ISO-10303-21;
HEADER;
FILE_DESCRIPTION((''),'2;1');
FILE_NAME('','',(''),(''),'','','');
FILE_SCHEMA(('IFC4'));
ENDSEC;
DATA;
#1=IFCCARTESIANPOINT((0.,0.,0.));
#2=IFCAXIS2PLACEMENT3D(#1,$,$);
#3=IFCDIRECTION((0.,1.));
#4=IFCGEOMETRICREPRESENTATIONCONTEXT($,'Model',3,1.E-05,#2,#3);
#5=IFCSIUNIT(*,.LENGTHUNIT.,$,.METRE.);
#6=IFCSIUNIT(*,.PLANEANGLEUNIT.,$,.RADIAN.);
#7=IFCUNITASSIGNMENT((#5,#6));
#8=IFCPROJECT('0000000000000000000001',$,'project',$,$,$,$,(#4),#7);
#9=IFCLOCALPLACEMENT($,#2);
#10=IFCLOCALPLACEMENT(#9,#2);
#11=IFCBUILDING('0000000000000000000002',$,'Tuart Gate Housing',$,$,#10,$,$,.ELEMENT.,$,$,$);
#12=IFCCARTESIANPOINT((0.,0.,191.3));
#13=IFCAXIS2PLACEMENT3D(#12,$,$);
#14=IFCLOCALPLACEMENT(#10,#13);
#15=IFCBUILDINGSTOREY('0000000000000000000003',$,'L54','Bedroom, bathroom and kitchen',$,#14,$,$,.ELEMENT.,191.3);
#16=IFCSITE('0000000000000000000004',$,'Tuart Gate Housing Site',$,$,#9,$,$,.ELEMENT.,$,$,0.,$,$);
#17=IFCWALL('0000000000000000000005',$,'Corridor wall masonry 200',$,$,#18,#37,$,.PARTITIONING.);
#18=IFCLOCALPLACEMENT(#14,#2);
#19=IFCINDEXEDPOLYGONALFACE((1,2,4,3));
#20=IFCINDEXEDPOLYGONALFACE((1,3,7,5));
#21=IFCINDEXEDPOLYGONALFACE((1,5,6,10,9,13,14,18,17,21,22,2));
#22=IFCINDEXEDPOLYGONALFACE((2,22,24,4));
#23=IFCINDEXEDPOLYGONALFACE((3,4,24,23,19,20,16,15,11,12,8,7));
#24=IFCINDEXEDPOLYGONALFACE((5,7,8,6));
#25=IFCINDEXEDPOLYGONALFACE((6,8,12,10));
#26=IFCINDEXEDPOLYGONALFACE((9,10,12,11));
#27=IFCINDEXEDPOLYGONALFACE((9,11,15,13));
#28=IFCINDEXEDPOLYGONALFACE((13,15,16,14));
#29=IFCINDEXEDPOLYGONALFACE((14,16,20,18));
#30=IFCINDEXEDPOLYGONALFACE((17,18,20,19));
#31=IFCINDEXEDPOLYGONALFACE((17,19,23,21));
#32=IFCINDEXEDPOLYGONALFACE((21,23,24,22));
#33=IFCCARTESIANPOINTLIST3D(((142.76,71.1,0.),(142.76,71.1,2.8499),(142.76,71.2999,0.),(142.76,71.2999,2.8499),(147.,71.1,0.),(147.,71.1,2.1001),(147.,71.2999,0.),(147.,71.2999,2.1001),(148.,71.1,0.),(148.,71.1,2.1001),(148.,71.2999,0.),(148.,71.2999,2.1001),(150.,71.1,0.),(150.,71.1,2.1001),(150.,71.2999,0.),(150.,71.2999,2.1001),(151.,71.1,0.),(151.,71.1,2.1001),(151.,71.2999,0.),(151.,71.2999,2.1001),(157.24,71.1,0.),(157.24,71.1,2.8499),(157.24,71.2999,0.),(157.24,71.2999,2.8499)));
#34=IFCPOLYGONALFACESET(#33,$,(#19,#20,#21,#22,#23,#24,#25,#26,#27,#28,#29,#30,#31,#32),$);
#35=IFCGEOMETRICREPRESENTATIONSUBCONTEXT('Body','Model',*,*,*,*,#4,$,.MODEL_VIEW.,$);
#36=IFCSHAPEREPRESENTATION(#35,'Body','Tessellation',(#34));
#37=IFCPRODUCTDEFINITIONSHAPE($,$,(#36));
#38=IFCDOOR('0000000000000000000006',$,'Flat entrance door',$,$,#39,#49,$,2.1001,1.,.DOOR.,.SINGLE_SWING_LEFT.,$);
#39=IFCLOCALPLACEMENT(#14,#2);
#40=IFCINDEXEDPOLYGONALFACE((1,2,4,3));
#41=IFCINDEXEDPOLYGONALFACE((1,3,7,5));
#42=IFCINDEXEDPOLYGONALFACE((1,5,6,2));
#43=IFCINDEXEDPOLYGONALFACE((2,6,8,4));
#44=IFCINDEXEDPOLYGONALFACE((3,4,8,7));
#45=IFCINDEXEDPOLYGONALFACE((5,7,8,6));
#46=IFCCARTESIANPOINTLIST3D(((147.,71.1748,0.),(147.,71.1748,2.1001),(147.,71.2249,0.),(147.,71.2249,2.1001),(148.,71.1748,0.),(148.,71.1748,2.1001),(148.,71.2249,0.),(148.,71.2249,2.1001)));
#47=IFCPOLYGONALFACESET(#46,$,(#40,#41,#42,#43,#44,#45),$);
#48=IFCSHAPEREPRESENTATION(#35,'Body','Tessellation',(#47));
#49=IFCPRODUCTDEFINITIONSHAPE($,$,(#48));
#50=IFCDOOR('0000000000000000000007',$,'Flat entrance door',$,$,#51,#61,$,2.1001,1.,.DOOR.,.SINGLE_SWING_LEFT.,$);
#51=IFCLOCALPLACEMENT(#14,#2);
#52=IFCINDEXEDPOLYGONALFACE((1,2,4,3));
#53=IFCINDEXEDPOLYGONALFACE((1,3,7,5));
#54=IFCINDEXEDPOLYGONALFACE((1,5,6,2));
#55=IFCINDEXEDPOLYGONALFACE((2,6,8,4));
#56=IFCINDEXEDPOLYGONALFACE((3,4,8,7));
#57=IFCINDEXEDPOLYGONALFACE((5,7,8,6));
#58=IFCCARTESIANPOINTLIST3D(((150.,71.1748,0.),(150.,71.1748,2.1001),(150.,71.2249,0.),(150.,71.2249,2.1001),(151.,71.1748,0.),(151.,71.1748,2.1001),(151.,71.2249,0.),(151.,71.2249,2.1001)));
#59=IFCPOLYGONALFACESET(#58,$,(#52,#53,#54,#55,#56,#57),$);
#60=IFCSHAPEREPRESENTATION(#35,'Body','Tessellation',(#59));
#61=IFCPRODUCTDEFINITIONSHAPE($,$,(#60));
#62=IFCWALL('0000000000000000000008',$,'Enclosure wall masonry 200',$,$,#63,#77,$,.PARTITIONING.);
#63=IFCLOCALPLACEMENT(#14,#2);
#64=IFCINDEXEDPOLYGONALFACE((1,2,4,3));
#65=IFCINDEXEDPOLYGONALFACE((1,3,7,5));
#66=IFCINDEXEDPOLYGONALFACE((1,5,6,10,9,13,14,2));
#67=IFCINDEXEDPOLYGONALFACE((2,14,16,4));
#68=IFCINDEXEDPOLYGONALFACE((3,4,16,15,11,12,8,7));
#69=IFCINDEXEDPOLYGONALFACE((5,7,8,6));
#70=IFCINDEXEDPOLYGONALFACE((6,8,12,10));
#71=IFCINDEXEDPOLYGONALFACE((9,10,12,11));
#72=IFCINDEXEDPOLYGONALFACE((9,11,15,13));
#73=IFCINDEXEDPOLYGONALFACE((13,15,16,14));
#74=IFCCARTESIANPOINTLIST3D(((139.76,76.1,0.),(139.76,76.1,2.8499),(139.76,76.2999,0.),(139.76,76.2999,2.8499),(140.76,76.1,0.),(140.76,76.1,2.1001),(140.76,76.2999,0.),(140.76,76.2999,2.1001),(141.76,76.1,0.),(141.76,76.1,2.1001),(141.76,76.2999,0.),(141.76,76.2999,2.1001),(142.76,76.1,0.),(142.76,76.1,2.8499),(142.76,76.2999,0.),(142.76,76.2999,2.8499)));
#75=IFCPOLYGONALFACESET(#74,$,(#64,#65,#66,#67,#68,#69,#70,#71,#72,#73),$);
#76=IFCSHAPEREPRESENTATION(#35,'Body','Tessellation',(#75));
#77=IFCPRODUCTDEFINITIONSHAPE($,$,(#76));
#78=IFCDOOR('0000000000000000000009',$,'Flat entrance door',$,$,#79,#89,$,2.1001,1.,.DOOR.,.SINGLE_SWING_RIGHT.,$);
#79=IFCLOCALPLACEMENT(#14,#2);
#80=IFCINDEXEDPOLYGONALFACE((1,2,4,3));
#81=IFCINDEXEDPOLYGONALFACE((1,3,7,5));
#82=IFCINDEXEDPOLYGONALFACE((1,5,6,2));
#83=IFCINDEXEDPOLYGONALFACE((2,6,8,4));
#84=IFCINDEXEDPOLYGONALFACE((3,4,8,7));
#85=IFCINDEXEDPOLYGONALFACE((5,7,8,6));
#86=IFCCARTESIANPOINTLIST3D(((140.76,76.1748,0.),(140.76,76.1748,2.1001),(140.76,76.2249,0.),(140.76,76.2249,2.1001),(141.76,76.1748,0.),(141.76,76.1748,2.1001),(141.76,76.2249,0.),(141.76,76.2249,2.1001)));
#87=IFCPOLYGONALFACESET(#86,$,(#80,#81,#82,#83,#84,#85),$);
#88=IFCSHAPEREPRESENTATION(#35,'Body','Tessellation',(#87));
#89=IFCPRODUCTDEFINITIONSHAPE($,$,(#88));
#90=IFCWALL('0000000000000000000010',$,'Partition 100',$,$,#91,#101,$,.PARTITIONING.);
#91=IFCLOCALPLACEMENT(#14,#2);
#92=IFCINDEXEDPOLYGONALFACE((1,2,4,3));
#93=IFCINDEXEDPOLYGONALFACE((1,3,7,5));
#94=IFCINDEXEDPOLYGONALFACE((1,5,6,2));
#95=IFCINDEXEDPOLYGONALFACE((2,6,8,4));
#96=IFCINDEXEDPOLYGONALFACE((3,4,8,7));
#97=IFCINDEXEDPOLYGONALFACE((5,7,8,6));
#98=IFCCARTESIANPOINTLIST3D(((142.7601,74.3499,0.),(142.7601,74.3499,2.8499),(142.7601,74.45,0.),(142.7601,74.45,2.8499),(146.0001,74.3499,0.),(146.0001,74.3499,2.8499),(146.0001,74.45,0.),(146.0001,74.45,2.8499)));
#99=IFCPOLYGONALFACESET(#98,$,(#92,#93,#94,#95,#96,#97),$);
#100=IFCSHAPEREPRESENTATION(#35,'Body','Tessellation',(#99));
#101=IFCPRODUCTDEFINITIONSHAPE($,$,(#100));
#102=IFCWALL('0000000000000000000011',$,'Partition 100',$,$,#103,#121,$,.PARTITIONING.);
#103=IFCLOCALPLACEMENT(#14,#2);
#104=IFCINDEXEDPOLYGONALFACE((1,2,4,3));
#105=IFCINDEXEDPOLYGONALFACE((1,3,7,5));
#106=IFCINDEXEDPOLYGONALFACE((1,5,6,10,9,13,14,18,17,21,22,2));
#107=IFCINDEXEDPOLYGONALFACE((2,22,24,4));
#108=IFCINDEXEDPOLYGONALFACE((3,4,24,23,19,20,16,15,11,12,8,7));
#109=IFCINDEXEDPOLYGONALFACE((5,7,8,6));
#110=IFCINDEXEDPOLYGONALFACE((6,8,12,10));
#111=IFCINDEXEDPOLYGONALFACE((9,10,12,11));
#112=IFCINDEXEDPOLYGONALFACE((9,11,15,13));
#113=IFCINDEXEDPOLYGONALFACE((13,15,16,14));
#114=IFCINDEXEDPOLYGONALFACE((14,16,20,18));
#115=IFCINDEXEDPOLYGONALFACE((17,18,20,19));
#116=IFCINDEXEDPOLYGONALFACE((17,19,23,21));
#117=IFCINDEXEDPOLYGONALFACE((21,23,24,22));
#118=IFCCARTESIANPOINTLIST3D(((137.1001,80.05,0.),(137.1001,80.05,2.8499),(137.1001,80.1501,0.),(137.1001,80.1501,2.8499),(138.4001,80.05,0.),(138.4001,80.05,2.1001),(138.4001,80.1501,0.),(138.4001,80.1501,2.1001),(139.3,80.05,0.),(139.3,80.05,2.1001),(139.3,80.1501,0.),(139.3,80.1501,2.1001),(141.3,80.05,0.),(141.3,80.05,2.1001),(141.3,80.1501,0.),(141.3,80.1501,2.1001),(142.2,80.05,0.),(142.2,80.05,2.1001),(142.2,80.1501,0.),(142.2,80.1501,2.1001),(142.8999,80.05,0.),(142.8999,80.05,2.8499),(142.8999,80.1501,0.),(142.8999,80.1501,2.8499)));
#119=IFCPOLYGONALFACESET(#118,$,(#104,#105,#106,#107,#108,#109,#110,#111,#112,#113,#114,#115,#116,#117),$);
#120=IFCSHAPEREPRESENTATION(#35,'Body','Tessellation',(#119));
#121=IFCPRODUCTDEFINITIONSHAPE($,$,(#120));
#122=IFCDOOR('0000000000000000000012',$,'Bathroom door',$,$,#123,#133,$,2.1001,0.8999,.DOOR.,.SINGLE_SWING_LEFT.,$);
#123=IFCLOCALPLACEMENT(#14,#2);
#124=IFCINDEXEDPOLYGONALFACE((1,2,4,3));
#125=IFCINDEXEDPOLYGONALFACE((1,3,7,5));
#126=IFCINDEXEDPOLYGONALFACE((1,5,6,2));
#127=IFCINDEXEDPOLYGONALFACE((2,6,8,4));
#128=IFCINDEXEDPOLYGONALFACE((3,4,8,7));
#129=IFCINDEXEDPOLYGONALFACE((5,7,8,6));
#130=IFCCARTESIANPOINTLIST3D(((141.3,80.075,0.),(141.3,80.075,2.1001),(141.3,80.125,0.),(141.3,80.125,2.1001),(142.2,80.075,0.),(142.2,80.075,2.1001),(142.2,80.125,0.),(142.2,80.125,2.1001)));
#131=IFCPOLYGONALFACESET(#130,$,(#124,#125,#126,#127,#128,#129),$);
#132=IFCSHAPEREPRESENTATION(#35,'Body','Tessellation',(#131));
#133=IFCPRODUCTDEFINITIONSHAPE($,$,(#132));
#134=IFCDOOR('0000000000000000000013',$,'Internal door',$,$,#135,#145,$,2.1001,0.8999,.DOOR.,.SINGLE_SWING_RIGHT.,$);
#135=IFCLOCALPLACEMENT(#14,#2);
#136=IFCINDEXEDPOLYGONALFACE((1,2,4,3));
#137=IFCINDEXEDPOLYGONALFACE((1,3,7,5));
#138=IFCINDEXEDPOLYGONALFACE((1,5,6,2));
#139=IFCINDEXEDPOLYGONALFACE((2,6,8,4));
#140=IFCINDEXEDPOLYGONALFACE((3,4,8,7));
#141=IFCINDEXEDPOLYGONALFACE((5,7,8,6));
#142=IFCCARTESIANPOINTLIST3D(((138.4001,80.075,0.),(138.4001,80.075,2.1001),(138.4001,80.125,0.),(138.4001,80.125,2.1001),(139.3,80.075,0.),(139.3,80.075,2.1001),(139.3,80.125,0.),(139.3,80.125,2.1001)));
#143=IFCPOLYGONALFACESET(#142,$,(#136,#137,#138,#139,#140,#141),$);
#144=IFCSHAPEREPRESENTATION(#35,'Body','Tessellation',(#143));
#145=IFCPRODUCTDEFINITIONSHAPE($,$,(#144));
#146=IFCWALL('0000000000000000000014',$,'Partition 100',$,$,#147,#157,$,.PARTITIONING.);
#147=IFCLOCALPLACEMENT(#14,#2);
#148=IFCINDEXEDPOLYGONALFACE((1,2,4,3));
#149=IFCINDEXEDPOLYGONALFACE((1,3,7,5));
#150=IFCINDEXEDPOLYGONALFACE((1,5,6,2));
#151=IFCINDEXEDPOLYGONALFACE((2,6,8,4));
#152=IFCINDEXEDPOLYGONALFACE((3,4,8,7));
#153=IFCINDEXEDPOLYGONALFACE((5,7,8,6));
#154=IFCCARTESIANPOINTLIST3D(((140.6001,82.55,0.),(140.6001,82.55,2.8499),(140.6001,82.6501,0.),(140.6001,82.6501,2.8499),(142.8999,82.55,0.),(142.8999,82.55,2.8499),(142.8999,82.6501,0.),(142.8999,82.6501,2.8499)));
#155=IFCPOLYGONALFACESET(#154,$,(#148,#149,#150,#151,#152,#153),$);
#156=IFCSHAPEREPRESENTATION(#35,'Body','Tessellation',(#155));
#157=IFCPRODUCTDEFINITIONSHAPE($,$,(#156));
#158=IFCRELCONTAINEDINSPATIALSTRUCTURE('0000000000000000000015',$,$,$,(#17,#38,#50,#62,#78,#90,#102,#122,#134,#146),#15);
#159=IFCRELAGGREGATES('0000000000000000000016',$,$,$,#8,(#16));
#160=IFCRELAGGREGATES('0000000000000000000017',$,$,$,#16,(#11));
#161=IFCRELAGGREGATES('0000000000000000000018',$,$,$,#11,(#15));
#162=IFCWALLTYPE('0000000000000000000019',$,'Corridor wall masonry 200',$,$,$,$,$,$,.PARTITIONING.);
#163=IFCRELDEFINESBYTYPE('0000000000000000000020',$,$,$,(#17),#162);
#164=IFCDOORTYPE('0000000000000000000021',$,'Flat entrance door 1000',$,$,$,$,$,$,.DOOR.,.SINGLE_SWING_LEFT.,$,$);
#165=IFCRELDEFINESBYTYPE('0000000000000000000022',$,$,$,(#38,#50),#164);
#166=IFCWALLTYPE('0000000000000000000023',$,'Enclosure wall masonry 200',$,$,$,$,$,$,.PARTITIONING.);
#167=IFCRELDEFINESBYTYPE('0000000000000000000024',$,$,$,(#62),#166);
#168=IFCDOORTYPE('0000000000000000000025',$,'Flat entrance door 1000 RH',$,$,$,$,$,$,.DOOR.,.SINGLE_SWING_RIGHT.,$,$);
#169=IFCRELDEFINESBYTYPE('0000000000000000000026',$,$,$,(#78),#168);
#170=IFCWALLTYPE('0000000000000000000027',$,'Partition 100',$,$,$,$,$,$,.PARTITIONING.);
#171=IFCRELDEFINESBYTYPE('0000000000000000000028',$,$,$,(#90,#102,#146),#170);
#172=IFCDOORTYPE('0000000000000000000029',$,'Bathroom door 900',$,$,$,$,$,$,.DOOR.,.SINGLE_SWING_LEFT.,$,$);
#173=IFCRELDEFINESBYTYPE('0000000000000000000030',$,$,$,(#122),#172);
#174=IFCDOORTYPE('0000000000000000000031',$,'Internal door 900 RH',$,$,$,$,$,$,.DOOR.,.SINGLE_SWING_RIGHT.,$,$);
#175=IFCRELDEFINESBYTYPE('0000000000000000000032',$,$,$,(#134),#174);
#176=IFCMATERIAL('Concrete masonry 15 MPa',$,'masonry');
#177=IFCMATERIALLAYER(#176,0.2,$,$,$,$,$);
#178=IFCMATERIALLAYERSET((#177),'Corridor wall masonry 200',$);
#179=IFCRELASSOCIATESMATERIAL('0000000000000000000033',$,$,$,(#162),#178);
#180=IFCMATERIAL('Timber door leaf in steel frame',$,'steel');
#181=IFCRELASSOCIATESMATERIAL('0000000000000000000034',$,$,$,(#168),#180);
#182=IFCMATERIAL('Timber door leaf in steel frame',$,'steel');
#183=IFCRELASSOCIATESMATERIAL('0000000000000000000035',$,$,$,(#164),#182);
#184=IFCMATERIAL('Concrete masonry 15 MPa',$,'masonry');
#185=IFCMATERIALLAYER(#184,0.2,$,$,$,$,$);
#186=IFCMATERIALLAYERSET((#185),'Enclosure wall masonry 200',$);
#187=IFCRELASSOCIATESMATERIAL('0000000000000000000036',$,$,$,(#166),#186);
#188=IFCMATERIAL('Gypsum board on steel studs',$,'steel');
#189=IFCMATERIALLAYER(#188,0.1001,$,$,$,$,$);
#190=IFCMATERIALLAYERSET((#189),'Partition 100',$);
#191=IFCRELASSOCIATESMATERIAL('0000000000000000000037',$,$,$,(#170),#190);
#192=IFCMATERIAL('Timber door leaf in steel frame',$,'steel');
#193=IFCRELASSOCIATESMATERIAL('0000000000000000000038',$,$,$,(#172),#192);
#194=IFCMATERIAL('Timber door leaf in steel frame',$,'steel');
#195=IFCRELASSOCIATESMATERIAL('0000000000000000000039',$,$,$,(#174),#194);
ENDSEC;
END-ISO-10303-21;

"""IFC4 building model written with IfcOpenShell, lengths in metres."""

from ifc_helpers import new_model, si_unit, direction, frame, frame_2d, origin, place, context, subcontext, project, spatial, rectangle, extrude, material, layer, layer_set, type_object, element, fill, save


model = new_model("IFC4")

# Units and contexts
model_context = context("Model", 3, precision=1e-05, world=origin(), true_north=direction((0.0, 1.0)))
body_context = subcontext(model_context, "Body", "Model", "MODEL_VIEW")
ifc_project = project(units=[si_unit("LENGTHUNIT", "METRE"), si_unit("PLANEANGLEUNIT", "RADIAN")], contexts=[model_context])

# Site, building, storey
site_placement = place(None, origin())
site = spatial("IfcSite", under=ifc_project, at=site_placement, Name="Tuart Gate Housing Site", CompositionType="ELEMENT", RefElevation=0.0)
building_placement = place(site_placement, origin())
building = spatial("IfcBuilding", under=site, at=building_placement, Name="Tuart Gate Housing", CompositionType="ELEMENT")
storey_placement = place(building_placement, frame((0.0, 0.0, 191.3)))
storey = spatial("IfcBuildingStorey", under=building, at=storey_placement, Name="L54", Description="Bedroom, bathroom and kitchen", CompositionType="ELEMENT", Elevation=191.3)

# Wall, openings, doors
ifc_material_1 = material(Name="Concrete masonry 15 MPa", Category="masonry")
ifc_layer_1 = layer(ifc_material_1, 0.2)
ifc_layer_set_1 = layer_set([ifc_layer_1], Name="Corridor wall masonry 200")
wall_type_1 = type_object("IfcWallType", Name="Corridor wall masonry 200", PredefinedType="PARTITIONING", material=ifc_layer_set_1)
ifc_material_2 = material(Name="Timber door leaf in steel frame", Category="steel")
door_type_1 = type_object("IfcDoorType", Name="Flat entrance door 1000 RH", OperationType="SINGLE_SWING_RIGHT", PredefinedType="DOOR", material=ifc_material_2)
wall_1_placement = place(storey_placement, frame((142.76, 71.2, 0.0), z_axis=(0.0, 0.0, 1.0), x_axis=(1.0, 0.0, 0.0)))
wall_1 = element("IfcWall", 1, at=wall_1_placement, inside=storey, type_object=wall_type_1, Name="Corridor wall masonry 200", PredefinedType="PARTITIONING", context=body_context, shape_type="SweptSolid", body=[
    extrude(rectangle(XDim=14.48, YDim=0.2, at=frame_2d((7.24, 0.0))), origin(), (0.0, 0.0, 1.0), 2.8499),
])
opening_1_placement = place(wall_1_placement, frame((4.24, 0.0, 0.0)))
opening_1 = element("IfcOpeningElement", 2, at=opening_1_placement, cuts=wall_1, PredefinedType="OPENING", context=body_context, shape_type="SweptSolid", body=[
    extrude(rectangle(XDim=1.0, YDim=2.1001, at=frame_2d((0.5, 1.05))), frame((0.0, 0.1099, 0.0), z_axis=(0.0, -1.0, 0.0), x_axis=(1.0, 0.0, 0.0)), (0.0, 0.0, 1.0), 0.22),
])
opening_2_placement = place(wall_1_placement, frame((7.24, 0.0, 0.0)))
opening_2 = element("IfcOpeningElement", 3, at=opening_2_placement, cuts=wall_1, PredefinedType="OPENING", context=body_context, shape_type="SweptSolid", body=[
    extrude(rectangle(XDim=1.0, YDim=2.1001, at=frame_2d((0.5, 1.05))), frame((0.0, 0.1099, 0.0), z_axis=(0.0, -1.0, 0.0), x_axis=(1.0, 0.0, 0.0)), (0.0, 0.0, 1.0), 0.22),
])
ifc_material_3 = material(Name="Timber door leaf in steel frame", Category="steel")
door_type_2 = type_object("IfcDoorType", Name="Flat entrance door 1000", OperationType="SINGLE_SWING_LEFT", PredefinedType="DOOR", material=ifc_material_3)
door_1_placement = place(opening_1_placement, origin())
door_1 = element("IfcDoor", 4, at=door_1_placement, inside=storey, type_object=door_type_2, Name="Flat entrance door", OperationType="SINGLE_SWING_LEFT", OverallHeight=2.1001, OverallWidth=1.0, PredefinedType="DOOR", context=body_context, shape_type="SweptSolid", body=[
    extrude(rectangle(XDim=1.0, YDim=2.1001, at=frame_2d((0.5, 1.05))), frame((0.0, 0.0249, 0.0), z_axis=(0.0, -1.0, 0.0), x_axis=(1.0, 0.0, 0.0)), (0.0, 0.0, 1.0), 0.05),
])
fill(opening_1, door_1)
door_2_placement = place(opening_2_placement, origin())
door_2 = element("IfcDoor", 5, at=door_2_placement, inside=storey, type_object=door_type_2, Name="Flat entrance door", OperationType="SINGLE_SWING_LEFT", OverallHeight=2.1001, OverallWidth=1.0, PredefinedType="DOOR", context=body_context, shape_type="SweptSolid", body=[
    extrude(rectangle(XDim=1.0, YDim=2.1001, at=frame_2d((0.5, 1.05))), frame((0.0, 0.0249, 0.0), z_axis=(0.0, -1.0, 0.0), x_axis=(1.0, 0.0, 0.0)), (0.0, 0.0, 1.0), 0.05),
])
fill(opening_2, door_2)

# Wall, opening, door
ifc_material_4 = material(Name="Concrete masonry 15 MPa", Category="masonry")
ifc_layer_2 = layer(ifc_material_4, 0.2)
ifc_layer_set_2 = layer_set([ifc_layer_2], Name="Enclosure wall masonry 200")
wall_type_2 = type_object("IfcWallType", Name="Enclosure wall masonry 200", PredefinedType="PARTITIONING", material=ifc_layer_set_2)
wall_2_placement = place(storey_placement, frame((139.76, 76.2, 0.0), z_axis=(0.0, 0.0, 1.0), x_axis=(1.0, 0.0, 0.0)))
wall_2 = element("IfcWall", 6, at=wall_2_placement, inside=storey, type_object=wall_type_2, Name="Enclosure wall masonry 200", PredefinedType="PARTITIONING", context=body_context, shape_type="SweptSolid", body=[
    extrude(rectangle(XDim=3.0, YDim=0.2, at=frame_2d((1.5, 0.0))), origin(), (0.0, 0.0, 1.0), 2.8499),
])
opening_3_placement = place(wall_2_placement, frame((1.0, 0.0, 0.0)))
opening_3 = element("IfcOpeningElement", 7, at=opening_3_placement, cuts=wall_2, PredefinedType="OPENING", context=body_context, shape_type="SweptSolid", body=[
    extrude(rectangle(XDim=1.0, YDim=2.1001, at=frame_2d((0.5, 1.05))), frame((0.0, 0.1099, 0.0), z_axis=(0.0, -1.0, 0.0), x_axis=(1.0, 0.0, 0.0)), (0.0, 0.0, 1.0), 0.22),
])
door_3_placement = place(opening_3_placement, origin())
door_3 = element("IfcDoor", 8, at=door_3_placement, inside=storey, type_object=door_type_1, Name="Flat entrance door", OperationType="SINGLE_SWING_RIGHT", OverallHeight=2.1001, OverallWidth=1.0, PredefinedType="DOOR", context=body_context, shape_type="SweptSolid", body=[
    extrude(rectangle(XDim=1.0, YDim=2.1001, at=frame_2d((0.5, 1.05))), frame((0.0, 0.0249, 0.0), z_axis=(0.0, -1.0, 0.0), x_axis=(1.0, 0.0, 0.0)), (0.0, 0.0, 1.0), 0.05),
])
fill(opening_3, door_3)

# Wall
ifc_material_5 = material(Name="Gypsum board on steel studs", Category="steel")
ifc_layer_3 = layer(ifc_material_5, 0.1001)
ifc_layer_set_3 = layer_set([ifc_layer_3], Name="Partition 100")
wall_type_3 = type_object("IfcWallType", Name="Partition 100", PredefinedType="PARTITIONING", material=ifc_layer_set_3)
wall_3_placement = place(storey_placement, frame((142.76, 74.3999, 0.0), z_axis=(0.0, 0.0, 1.0), x_axis=(1.0, 0.0, 0.0)))
element("IfcWall", 9, at=wall_3_placement, inside=storey, type_object=wall_type_3, Name="Partition 100", PredefinedType="PARTITIONING", context=body_context, shape_type="SweptSolid", body=[
    extrude(rectangle(XDim=3.24, YDim=0.1001, at=frame_2d((1.6201, 0.0))), origin(), (0.0, 0.0, 1.0), 2.8499),
])

# Wall, openings, doors
wall_4_placement = place(storey_placement, frame((137.1001, 80.1001, 0.0), z_axis=(0.0, 0.0, 1.0), x_axis=(1.0, 0.0, 0.0)))
wall_4 = element("IfcWall", 10, at=wall_4_placement, inside=storey, type_object=wall_type_3, Name="Partition 100", PredefinedType="PARTITIONING", context=body_context, shape_type="SweptSolid", body=[
    extrude(rectangle(XDim=5.7998, YDim=0.1001, at=frame_2d((2.8999, 0.0))), origin(), (0.0, 0.0, 1.0), 2.8499),
])
opening_4_placement = place(wall_4_placement, frame((1.3, 0.0, 0.0)))
opening_4 = element("IfcOpeningElement", 11, at=opening_4_placement, cuts=wall_4, PredefinedType="OPENING", context=body_context, shape_type="SweptSolid", body=[
    extrude(rectangle(XDim=0.8999, YDim=2.1001, at=frame_2d((0.45, 1.05))), frame((0.0, 0.0601, 0.0), z_axis=(0.0, -1.0, 0.0), x_axis=(1.0, 0.0, 0.0)), (0.0, 0.0, 1.0), 0.1201),
])
opening_5_placement = place(wall_4_placement, frame((4.2, 0.0, 0.0)))
opening_5 = element("IfcOpeningElement", 12, at=opening_5_placement, cuts=wall_4, PredefinedType="OPENING", context=body_context, shape_type="SweptSolid", body=[
    extrude(rectangle(XDim=0.8999, YDim=2.1001, at=frame_2d((0.45, 1.05))), frame((0.0, 0.0601, 0.0), z_axis=(0.0, -1.0, 0.0), x_axis=(1.0, 0.0, 0.0)), (0.0, 0.0, 1.0), 0.1201),
])
ifc_material_6 = material(Name="Timber door leaf in steel frame", Category="steel")
door_type_3 = type_object("IfcDoorType", Name="Bathroom door 900", OperationType="SINGLE_SWING_LEFT", PredefinedType="DOOR", material=ifc_material_6)
door_4_placement = place(opening_5_placement, origin())
door_4 = element("IfcDoor", 13, at=door_4_placement, inside=storey, type_object=door_type_3, Name="Bathroom door", OperationType="SINGLE_SWING_LEFT", OverallHeight=2.1001, OverallWidth=0.8999, PredefinedType="DOOR", context=body_context, shape_type="SweptSolid", body=[
    extrude(rectangle(XDim=0.8999, YDim=2.1001, at=frame_2d((0.45, 1.05))), frame((0.0, 0.0249, 0.0), z_axis=(0.0, -1.0, 0.0), x_axis=(1.0, 0.0, 0.0)), (0.0, 0.0, 1.0), 0.05),
])
fill(opening_5, door_4)
ifc_material_7 = material(Name="Timber door leaf in steel frame", Category="steel")
door_type_4 = type_object("IfcDoorType", Name="Internal door 900 RH", OperationType="SINGLE_SWING_RIGHT", PredefinedType="DOOR", material=ifc_material_7)
door_5_placement = place(opening_4_placement, origin())
door_5 = element("IfcDoor", 14, at=door_5_placement, inside=storey, type_object=door_type_4, Name="Internal door", OperationType="SINGLE_SWING_RIGHT", OverallHeight=2.1001, OverallWidth=0.8999, PredefinedType="DOOR", context=body_context, shape_type="SweptSolid", body=[
    extrude(rectangle(XDim=0.8999, YDim=2.1001, at=frame_2d((0.45, 1.05))), frame((0.0, 0.0249, 0.0), z_axis=(0.0, -1.0, 0.0), x_axis=(1.0, 0.0, 0.0)), (0.0, 0.0, 1.0), 0.05),
])
fill(opening_4, door_5)

# Wall
wall_5_placement = place(storey_placement, frame((140.6001, 82.6001, 0.0), z_axis=(0.0, 0.0, 1.0), x_axis=(1.0, 0.0, 0.0)))
element("IfcWall", 15, at=wall_5_placement, inside=storey, type_object=wall_type_3, Name="Partition 100", PredefinedType="PARTITIONING", context=body_context, shape_type="SweptSolid", body=[
    extrude(rectangle(XDim=2.2998, YDim=0.1001, at=frame_2d((1.1499, 0.0))), origin(), (0.0, 0.0, 1.0), 2.8499),
])

save(model, "model.ifc")
